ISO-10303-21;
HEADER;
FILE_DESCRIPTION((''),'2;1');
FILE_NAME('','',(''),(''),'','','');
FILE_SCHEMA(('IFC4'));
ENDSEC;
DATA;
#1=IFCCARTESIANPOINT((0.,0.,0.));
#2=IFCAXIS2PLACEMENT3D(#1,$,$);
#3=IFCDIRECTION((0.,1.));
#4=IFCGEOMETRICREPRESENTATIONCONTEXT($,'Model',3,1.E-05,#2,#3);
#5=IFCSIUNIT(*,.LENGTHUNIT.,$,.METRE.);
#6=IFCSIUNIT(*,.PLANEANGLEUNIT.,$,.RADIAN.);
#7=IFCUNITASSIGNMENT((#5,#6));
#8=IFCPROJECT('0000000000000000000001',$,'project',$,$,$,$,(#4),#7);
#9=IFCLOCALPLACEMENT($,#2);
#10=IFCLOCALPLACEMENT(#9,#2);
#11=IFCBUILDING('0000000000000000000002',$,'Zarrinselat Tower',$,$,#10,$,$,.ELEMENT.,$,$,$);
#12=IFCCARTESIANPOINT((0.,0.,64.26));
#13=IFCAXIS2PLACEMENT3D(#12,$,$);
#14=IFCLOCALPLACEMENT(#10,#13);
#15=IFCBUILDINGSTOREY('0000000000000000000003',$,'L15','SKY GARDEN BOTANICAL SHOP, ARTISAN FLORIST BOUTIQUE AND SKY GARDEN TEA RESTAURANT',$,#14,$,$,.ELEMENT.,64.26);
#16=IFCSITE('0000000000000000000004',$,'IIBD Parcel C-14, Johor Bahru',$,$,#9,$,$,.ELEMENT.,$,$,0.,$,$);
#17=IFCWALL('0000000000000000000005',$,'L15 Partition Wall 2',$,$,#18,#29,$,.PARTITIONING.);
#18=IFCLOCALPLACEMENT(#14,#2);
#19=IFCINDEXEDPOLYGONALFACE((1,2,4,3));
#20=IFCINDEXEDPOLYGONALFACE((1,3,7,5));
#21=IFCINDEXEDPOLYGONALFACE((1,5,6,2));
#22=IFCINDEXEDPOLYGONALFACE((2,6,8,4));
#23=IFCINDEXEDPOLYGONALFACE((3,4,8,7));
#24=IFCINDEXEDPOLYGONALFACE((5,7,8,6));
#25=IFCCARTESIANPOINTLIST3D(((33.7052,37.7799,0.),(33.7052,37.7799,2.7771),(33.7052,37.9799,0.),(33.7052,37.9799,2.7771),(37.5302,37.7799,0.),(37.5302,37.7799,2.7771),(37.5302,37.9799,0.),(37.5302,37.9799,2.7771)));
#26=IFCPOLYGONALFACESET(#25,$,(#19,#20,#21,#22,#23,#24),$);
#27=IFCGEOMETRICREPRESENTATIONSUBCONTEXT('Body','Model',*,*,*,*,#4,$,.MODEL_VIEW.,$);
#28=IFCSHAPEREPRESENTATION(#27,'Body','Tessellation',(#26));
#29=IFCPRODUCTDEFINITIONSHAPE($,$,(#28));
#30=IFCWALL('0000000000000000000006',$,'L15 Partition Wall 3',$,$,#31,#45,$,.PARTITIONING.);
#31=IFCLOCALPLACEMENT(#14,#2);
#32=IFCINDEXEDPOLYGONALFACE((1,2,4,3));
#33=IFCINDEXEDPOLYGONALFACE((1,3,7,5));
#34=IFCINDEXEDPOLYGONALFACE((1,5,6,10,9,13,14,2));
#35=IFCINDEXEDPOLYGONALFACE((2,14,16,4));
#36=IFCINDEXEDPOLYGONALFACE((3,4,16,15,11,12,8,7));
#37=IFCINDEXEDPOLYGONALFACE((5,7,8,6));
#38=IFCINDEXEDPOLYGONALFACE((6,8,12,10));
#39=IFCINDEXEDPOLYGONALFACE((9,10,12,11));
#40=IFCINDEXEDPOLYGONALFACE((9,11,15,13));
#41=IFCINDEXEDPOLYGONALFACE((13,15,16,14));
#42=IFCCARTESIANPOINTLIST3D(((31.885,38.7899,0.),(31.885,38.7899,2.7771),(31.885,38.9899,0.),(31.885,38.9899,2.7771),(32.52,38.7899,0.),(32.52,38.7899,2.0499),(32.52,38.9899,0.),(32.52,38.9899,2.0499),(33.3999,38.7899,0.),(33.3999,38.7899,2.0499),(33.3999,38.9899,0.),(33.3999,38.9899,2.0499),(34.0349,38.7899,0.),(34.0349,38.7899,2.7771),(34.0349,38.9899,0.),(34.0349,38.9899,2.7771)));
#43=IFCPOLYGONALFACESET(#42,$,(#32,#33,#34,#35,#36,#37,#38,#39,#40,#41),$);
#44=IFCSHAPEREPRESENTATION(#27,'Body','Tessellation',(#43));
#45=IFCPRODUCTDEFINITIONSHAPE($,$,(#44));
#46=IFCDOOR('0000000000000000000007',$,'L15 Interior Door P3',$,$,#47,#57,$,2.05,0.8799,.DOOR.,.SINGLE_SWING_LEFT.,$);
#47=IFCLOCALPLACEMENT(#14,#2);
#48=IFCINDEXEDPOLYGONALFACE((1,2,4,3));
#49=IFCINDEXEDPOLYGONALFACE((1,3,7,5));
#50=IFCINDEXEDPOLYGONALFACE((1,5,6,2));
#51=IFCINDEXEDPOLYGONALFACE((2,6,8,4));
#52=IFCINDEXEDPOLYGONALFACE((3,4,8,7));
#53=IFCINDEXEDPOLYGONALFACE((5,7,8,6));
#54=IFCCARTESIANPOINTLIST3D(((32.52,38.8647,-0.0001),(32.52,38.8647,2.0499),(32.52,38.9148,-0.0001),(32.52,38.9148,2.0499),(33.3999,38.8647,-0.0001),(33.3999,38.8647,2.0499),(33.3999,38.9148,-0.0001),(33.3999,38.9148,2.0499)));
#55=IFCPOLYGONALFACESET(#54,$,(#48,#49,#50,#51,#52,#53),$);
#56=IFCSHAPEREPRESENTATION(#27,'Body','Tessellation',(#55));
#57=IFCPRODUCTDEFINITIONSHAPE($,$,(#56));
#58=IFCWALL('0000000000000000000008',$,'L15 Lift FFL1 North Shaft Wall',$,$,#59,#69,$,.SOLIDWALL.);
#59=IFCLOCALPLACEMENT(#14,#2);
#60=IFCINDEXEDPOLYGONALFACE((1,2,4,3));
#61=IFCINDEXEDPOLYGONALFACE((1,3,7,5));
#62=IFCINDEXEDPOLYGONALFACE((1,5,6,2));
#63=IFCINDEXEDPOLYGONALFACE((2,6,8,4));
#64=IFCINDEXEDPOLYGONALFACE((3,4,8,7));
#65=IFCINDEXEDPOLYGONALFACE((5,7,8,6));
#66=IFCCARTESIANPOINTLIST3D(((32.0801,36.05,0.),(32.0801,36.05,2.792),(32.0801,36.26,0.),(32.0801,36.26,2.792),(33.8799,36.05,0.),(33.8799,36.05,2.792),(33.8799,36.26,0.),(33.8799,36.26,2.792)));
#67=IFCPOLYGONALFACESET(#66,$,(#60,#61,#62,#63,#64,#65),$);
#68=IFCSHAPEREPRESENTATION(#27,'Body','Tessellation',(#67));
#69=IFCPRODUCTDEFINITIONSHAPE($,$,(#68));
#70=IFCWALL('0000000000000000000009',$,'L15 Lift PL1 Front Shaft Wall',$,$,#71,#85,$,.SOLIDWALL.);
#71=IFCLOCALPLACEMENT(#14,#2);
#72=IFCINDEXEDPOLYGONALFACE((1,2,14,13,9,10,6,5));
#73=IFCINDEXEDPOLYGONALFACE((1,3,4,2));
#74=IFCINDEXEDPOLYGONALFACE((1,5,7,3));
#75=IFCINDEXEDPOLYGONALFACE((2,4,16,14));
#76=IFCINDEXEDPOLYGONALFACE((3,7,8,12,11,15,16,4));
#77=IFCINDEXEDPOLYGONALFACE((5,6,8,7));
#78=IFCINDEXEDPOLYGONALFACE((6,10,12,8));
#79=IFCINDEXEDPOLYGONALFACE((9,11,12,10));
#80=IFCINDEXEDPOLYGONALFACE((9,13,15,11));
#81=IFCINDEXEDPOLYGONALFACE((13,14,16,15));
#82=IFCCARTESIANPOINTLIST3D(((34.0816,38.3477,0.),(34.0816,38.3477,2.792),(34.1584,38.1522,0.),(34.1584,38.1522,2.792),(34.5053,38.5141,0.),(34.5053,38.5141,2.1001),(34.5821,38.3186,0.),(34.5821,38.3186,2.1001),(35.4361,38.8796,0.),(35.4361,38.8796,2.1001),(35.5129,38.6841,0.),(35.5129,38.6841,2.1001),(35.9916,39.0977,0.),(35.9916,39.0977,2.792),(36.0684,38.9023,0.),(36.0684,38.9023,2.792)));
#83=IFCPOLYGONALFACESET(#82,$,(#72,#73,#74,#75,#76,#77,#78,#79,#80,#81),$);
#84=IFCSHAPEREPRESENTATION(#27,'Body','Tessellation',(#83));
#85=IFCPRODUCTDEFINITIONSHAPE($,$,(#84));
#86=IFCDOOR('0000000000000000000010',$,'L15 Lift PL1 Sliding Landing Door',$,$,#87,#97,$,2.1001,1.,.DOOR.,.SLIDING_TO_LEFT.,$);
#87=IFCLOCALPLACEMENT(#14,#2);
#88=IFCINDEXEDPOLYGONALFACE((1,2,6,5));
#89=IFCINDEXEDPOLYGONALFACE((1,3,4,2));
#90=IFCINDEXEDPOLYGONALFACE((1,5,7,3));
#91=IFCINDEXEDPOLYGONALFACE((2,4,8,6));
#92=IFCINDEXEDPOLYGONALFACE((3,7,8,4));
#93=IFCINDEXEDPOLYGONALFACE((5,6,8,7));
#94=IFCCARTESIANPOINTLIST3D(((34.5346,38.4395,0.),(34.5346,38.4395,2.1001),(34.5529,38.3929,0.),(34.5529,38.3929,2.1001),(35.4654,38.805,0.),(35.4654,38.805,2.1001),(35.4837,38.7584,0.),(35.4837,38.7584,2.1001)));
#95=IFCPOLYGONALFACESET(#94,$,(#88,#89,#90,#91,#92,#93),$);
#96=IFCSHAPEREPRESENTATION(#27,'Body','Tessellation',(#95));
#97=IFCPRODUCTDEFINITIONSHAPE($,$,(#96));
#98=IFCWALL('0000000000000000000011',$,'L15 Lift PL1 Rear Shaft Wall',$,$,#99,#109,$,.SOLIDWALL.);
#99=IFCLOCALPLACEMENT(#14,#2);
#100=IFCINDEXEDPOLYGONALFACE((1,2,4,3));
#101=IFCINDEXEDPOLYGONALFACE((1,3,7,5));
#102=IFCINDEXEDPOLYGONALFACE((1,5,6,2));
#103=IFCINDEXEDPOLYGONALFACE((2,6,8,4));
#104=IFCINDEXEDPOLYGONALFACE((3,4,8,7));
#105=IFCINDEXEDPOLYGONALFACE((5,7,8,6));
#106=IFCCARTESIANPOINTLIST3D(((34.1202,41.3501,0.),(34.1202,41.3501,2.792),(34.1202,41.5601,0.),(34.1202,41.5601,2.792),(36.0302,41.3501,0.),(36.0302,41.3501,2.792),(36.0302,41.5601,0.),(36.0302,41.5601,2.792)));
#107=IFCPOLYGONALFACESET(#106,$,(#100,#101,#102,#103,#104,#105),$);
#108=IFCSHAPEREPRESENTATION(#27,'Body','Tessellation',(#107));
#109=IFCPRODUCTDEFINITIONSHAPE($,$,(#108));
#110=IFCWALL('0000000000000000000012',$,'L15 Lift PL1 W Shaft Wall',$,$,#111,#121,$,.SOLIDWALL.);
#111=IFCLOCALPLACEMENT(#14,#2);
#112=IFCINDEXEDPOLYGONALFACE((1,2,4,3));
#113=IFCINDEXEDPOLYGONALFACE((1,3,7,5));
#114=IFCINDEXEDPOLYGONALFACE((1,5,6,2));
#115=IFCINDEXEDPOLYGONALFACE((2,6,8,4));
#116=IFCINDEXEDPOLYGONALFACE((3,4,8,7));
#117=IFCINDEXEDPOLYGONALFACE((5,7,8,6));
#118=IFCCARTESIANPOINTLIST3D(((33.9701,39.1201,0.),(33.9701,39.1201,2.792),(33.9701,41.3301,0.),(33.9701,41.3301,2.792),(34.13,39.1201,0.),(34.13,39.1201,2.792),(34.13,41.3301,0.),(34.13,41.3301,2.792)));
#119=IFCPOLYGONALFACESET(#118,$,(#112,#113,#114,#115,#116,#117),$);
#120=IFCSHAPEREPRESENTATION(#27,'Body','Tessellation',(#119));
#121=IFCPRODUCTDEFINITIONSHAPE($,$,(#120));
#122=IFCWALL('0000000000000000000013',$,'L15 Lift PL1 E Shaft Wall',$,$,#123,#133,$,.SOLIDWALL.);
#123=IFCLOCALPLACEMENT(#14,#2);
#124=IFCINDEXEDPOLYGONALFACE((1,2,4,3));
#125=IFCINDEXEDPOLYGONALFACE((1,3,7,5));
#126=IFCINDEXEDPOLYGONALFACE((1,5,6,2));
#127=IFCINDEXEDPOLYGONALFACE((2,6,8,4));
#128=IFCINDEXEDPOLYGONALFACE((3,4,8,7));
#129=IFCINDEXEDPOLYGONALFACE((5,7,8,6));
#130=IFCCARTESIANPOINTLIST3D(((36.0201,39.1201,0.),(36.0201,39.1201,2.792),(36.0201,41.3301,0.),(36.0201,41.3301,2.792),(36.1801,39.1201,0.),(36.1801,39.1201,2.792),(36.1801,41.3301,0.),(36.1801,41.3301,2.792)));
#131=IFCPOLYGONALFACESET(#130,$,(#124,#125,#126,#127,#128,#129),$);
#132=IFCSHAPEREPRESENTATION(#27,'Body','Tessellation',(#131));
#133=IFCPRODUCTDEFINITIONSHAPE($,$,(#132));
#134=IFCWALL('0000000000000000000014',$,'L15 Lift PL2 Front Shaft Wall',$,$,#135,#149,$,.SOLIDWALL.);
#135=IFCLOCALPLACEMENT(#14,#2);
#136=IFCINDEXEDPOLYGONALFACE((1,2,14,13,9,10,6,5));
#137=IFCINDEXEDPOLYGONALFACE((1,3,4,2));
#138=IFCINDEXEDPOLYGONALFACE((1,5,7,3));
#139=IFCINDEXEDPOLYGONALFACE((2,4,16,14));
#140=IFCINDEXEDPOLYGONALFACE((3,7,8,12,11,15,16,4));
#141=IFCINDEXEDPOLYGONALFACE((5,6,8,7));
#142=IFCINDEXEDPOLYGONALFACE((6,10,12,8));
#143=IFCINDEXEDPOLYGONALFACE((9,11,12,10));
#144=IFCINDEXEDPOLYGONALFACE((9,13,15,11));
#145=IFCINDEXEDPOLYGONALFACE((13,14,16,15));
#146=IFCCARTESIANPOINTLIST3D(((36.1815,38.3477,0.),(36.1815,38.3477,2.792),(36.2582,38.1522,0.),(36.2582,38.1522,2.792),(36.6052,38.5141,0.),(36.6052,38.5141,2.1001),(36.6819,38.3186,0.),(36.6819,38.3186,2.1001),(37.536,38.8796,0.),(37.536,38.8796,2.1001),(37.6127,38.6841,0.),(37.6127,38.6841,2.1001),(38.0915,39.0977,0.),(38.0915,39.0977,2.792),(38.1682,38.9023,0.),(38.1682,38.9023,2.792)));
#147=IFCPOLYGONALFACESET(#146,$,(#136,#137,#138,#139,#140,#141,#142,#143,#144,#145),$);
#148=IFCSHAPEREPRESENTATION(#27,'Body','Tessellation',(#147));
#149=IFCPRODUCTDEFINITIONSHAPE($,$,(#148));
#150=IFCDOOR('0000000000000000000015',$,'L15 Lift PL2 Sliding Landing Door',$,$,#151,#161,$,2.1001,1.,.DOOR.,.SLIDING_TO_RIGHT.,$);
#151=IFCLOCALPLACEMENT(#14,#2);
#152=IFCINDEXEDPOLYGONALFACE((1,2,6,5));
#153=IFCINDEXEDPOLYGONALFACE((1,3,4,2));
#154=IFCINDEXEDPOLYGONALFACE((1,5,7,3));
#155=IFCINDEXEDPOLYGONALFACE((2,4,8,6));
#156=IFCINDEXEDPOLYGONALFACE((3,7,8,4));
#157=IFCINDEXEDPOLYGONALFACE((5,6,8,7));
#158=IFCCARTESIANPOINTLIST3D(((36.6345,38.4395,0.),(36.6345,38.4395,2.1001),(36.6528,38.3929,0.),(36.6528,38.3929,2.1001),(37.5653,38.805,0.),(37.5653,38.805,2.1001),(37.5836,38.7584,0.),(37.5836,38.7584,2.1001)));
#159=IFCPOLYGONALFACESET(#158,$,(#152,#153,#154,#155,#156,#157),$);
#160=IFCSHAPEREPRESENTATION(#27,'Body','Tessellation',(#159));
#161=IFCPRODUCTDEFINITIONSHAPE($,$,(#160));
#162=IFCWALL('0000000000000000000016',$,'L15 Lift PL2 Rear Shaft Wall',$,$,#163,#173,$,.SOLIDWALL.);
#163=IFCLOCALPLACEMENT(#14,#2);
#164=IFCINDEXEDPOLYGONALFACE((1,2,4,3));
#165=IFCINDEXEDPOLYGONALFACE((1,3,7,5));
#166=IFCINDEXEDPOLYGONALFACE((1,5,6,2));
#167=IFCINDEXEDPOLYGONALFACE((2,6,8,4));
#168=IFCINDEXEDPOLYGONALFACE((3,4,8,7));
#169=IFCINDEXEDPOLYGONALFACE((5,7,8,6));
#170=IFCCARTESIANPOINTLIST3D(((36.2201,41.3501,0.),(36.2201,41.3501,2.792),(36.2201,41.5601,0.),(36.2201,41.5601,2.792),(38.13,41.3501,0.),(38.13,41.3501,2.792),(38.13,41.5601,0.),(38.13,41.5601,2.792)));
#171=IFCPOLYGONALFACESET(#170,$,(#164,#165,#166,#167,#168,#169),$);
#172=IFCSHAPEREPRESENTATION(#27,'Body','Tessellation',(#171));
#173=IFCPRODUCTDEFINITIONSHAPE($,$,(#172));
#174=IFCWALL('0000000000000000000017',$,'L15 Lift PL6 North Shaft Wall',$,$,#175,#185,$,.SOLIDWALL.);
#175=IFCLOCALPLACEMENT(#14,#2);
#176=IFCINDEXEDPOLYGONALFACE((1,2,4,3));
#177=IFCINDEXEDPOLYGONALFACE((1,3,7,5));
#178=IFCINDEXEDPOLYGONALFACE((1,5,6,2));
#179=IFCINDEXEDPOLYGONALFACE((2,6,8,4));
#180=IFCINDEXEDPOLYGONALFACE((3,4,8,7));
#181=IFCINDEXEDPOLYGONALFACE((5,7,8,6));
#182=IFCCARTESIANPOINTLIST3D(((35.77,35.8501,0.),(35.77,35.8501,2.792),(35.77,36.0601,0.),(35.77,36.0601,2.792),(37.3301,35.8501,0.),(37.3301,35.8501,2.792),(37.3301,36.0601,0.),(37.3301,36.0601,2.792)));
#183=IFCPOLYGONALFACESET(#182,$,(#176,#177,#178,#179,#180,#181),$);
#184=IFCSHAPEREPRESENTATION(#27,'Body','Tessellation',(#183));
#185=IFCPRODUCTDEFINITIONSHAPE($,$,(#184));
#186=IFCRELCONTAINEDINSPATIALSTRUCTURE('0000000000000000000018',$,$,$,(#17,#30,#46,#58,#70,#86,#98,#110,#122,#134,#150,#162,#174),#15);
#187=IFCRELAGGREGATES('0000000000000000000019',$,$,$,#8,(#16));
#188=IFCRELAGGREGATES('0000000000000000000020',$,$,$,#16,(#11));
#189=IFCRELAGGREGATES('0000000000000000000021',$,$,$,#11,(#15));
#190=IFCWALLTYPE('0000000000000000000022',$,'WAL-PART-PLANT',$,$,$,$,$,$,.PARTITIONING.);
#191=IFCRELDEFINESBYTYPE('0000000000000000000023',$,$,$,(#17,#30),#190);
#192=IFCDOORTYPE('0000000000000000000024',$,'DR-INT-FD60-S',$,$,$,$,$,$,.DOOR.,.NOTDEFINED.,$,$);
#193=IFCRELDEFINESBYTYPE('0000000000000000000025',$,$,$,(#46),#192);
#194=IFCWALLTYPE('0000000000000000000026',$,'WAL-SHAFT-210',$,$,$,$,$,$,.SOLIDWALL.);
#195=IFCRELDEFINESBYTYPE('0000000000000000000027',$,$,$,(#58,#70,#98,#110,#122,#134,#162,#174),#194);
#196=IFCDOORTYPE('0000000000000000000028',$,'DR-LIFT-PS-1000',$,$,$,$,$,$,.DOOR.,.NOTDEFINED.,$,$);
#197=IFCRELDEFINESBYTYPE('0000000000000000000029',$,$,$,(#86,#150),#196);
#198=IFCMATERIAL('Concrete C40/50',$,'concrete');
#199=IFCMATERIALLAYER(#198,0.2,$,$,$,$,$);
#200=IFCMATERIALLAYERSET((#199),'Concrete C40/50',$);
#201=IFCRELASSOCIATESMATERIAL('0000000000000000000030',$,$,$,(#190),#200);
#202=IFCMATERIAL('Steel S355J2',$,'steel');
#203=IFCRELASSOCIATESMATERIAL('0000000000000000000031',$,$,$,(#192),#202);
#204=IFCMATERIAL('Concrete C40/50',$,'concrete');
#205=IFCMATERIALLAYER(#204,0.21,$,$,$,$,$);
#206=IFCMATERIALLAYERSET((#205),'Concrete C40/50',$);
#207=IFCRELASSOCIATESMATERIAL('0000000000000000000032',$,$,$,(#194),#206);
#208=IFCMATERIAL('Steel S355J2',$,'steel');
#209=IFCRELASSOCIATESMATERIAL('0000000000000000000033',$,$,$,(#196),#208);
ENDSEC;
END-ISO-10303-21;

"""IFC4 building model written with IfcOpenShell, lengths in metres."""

from ifc_helpers import new_model, si_unit, direction, frame, frame_2d, origin, place, context, subcontext, project, spatial, rectangle, extrude, material, layer, layer_set, type_object, element, fill, save


model = new_model("IFC4")

# Units and contexts
model_context = context("Model", 3, precision=1e-05, world=origin(), true_north=direction((0.0, 1.0)))
body_context = subcontext(model_context, "Body", "Model", "MODEL_VIEW")
ifc_project = project(units=[si_unit("LENGTHUNIT", "METRE"), si_unit("PLANEANGLEUNIT", "RADIAN")], contexts=[model_context])

# Site, building, storey
site_placement = place(None, origin())
site = spatial("IfcSite", under=ifc_project, at=site_placement, Name="IIBD Parcel C-14, Johor Bahru", CompositionType="ELEMENT", RefElevation=0.0)
building_placement = place(site_placement, origin())
building = spatial("IfcBuilding", under=site, at=building_placement, Name="Zarrinselat Tower", CompositionType="ELEMENT")
storey_placement = place(building_placement, frame((0.0, 0.0, 64.26)))
storey = spatial("IfcBuildingStorey", under=building, at=storey_placement, Name="L15", Description="SKY GARDEN BOTANICAL SHOP, ARTISAN FLORIST BOUTIQUE AND SKY GARDEN TEA RESTAURANT", CompositionType="ELEMENT", Elevation=64.26)

# Wall
ifc_material_1 = material(Name="Concrete C40/50", Category="concrete")
ifc_layer_1 = layer(ifc_material_1, 0.2)
ifc_layer_set_1 = layer_set([ifc_layer_1], Name="Concrete C40/50")
wall_type_1 = type_object("IfcWallType", Name="WAL-PART-PLANT", PredefinedType="PARTITIONING", material=ifc_layer_set_1)
wall_1_placement = place(storey_placement, frame((33.7051, 37.8799, 0.0), z_axis=(0.0, 0.0, 1.0), x_axis=(1.0, 0.0, 0.0)))
element("IfcWall", 1, at=wall_1_placement, inside=storey, type_object=wall_type_1, Name="L15 Partition Wall 2", PredefinedType="PARTITIONING", context=body_context, shape_type="SweptSolid", body=[
    extrude(rectangle(XDim=3.825, YDim=0.2, at=frame_2d((1.9126, 0.0))), origin(), (0.0, 0.0, 1.0), 2.7771),
])

# Wall, opening, door
wall_2_placement = place(storey_placement, frame((31.885, 38.8899, 0.0), z_axis=(0.0, 0.0, 1.0), x_axis=(1.0, 0.0, 0.0)))
wall_2 = element("IfcWall", 2, at=wall_2_placement, inside=storey, type_object=wall_type_1, Name="L15 Partition Wall 3", PredefinedType="PARTITIONING", context=body_context, shape_type="SweptSolid", body=[
    extrude(rectangle(XDim=2.1499, YDim=0.2, at=frame_2d((1.075, 0.0))), origin(), (0.0, 0.0, 1.0), 2.7771),
])
opening_1_placement = place(wall_2_placement, frame((0.635, 0.0, 0.0)))
opening_1 = element("IfcOpeningElement", 3, at=opening_1_placement, cuts=wall_2, PredefinedType="OPENING", context=body_context, shape_type="SweptSolid", body=[
    extrude(rectangle(XDim=0.8799, YDim=2.05, at=frame_2d((0.4399, 1.0249))), frame((0.0, 0.1099, 0.0), z_axis=(0.0, -1.0, 0.0), x_axis=(1.0, 0.0, 0.0)), (0.0, 0.0, 1.0), 0.22),
])
ifc_material_2 = material(Name="Steel S355J2", Category="steel")
door_type_1 = type_object("IfcDoorType", Name="DR-INT-FD60-S", OperationType="NOTDEFINED", PredefinedType="DOOR", material=ifc_material_2)
door_1_placement = place(opening_1_placement, origin())
door_1 = element("IfcDoor", 4, at=door_1_placement, inside=storey, type_object=door_type_1, Name="L15 Interior Door P3", OperationType="SINGLE_SWING_LEFT", OverallHeight=2.05, OverallWidth=0.8799, PredefinedType="DOOR", context=body_context, shape_type="SweptSolid", body=[
    extrude(rectangle(XDim=0.8799, YDim=2.05, at=frame_2d((0.4399, 1.0249))), frame((0.0, 0.0249, 0.0), z_axis=(0.0, -1.0, 0.0), x_axis=(1.0, 0.0, 0.0)), (0.0, 0.0, 1.0), 0.05),
])
fill(opening_1, door_1)

# Wall
ifc_material_3 = material(Name="Concrete C40/50", Category="concrete")
ifc_layer_2 = layer(ifc_material_3, 0.21)
ifc_layer_set_2 = layer_set([ifc_layer_2], Name="Concrete C40/50")
wall_type_2 = type_object("IfcWallType", Name="WAL-SHAFT-210", PredefinedType="SOLIDWALL", material=ifc_layer_set_2)
wall_3_placement = place(storey_placement, frame((32.0801, 36.155, 0.0), z_axis=(0.0, 0.0, 1.0), x_axis=(1.0, 0.0, 0.0)))
element("IfcWall", 5, at=wall_3_placement, inside=storey, type_object=wall_type_2, Name="L15 Lift FFL1 North Shaft Wall", PredefinedType="SOLIDWALL", context=body_context, shape_type="SweptSolid", body=[
    extrude(rectangle(XDim=1.7998, YDim=0.21, at=frame_2d((0.8999, 0.0))), origin(), (0.0, 0.0, 1.0), 2.792),
])

# Wall, opening, door
wall_4_placement = place(storey_placement, frame((34.1201, 38.25, 0.0), z_axis=(0.0, 0.0, 1.0), x_axis=(0.930805, 0.365516, 0.0)))
wall_4 = element("IfcWall", 6, at=wall_4_placement, inside=storey, type_object=wall_type_2, Name="L15 Lift PL1 Front Shaft Wall", PredefinedType="SOLIDWALL", context=body_context, shape_type="SweptSolid", body=[
    extrude(rectangle(XDim=2.052, YDim=0.21, at=frame_2d((1.0259, 0.0))), origin(), (0.0, 0.0, 1.0), 2.792),
])
opening_2_placement = place(wall_4_placement, frame((0.4551, 0.0, 0.0)))
opening_2 = element("IfcOpeningElement", 7, at=opening_2_placement, cuts=wall_4, PredefinedType="OPENING", context=body_context, shape_type="SweptSolid", body=[
    extrude(rectangle(XDim=1.0, YDim=2.1001, at=frame_2d((0.5, 1.05))), frame((0.0, 0.115, 0.0), z_axis=(0.0, -1.0, 0.0), x_axis=(1.0, 0.0, 0.0)), (0.0, 0.0, 1.0), 0.23),
])
ifc_material_4 = material(Name="Steel S355J2", Category="steel")
door_type_2 = type_object("IfcDoorType", Name="DR-LIFT-PS-1000", OperationType="NOTDEFINED", PredefinedType="DOOR", material=ifc_material_4)
door_2_placement = place(opening_2_placement, origin())
door_2 = element("IfcDoor", 8, at=door_2_placement, inside=storey, type_object=door_type_2, Name="L15 Lift PL1 Sliding Landing Door", OperationType="SLIDING_TO_LEFT", OverallHeight=2.1001, OverallWidth=1.0, PredefinedType="DOOR", context=body_context, shape_type="SweptSolid", body=[
    extrude(rectangle(XDim=1.0, YDim=2.1001, at=frame_2d((0.5, 1.05))), frame((0.0, 0.0249, 0.0), z_axis=(0.0, -1.0, 0.0), x_axis=(1.0, 0.0, 0.0)), (0.0, 0.0, 1.0), 0.05),
])
fill(opening_2, door_2)

# Walls
wall_5_placement = place(storey_placement, frame((34.1201, 41.4551, 0.0), z_axis=(0.0, 0.0, 1.0), x_axis=(1.0, 0.0, 0.0)))
element("IfcWall", 9, at=wall_5_placement, inside=storey, type_object=wall_type_2, Name="L15 Lift PL1 Rear Shaft Wall", PredefinedType="SOLIDWALL", context=body_context, shape_type="SweptSolid", body=[
    extrude(rectangle(XDim=1.9099, YDim=0.21, at=frame_2d((0.9551, 0.0))), origin(), (0.0, 0.0, 1.0), 2.792),
])
for number, where, z_axis, x_axis, name in (
    (10, (34.05, 39.1201, 0.0), (0.0, 0.0, 1.0), (0.0, 1.0, 0.0), "L15 Lift PL1 W Shaft Wall"),
    (11, (36.1001, 39.1201, 0.0), (0.0, 0.0, 1.0), (0.0, 1.0, 0.0), "L15 Lift PL1 E Shaft Wall"),
):
    element("IfcWall", number, at=place(storey_placement, frame(where, z_axis=z_axis, x_axis=x_axis)), inside=storey, type_object=wall_type_2, Name=name, PredefinedType="SOLIDWALL", context=body_context, shape_type="SweptSolid", body=[
        extrude(rectangle(XDim=2.21, YDim=0.1599, at=frame_2d((1.105, 0.0))), origin(), (0.0, 0.0, 1.0), 2.792),
    ])

# Wall, opening, door
wall_6_placement = place(storey_placement, frame((36.22, 38.25, 0.0), z_axis=(0.0, 0.0, 1.0), x_axis=(0.930805, 0.365516, 0.0)))
wall_6 = element("IfcWall", 12, at=wall_6_placement, inside=storey, type_object=wall_type_2, Name="L15 Lift PL2 Front Shaft Wall", PredefinedType="SOLIDWALL", context=body_context, shape_type="SweptSolid", body=[
    extrude(rectangle(XDim=2.052, YDim=0.21, at=frame_2d((1.0259, 0.0))), origin(), (0.0, 0.0, 1.0), 2.792),
])
opening_3_placement = place(wall_6_placement, frame((0.4551, 0.0, 0.0)))
opening_3 = element("IfcOpeningElement", 13, at=opening_3_placement, cuts=wall_6, PredefinedType="OPENING", context=body_context, shape_type="SweptSolid", body=[
    extrude(rectangle(XDim=1.0, YDim=2.1001, at=frame_2d((0.5, 1.05))), frame((0.0, 0.115, 0.0), z_axis=(0.0, -1.0, 0.0), x_axis=(1.0, 0.0, 0.0)), (0.0, 0.0, 1.0), 0.23),
])
door_3_placement = place(opening_3_placement, origin())
door_3 = element("IfcDoor", 14, at=door_3_placement, inside=storey, type_object=door_type_2, Name="L15 Lift PL2 Sliding Landing Door", OperationType="SLIDING_TO_RIGHT", OverallHeight=2.1001, OverallWidth=1.0, PredefinedType="DOOR", context=body_context, shape_type="SweptSolid", body=[
    extrude(rectangle(XDim=1.0, YDim=2.1001, at=frame_2d((0.5, 1.05))), frame((0.0, 0.0249, 0.0), z_axis=(0.0, -1.0, 0.0), x_axis=(1.0, 0.0, 0.0)), (0.0, 0.0, 1.0), 0.05),
])
fill(opening_3, door_3)

# Walls
wall_7_placement = place(storey_placement, frame((36.22, 41.4551, 0.0), z_axis=(0.0, 0.0, 1.0), x_axis=(1.0, 0.0, 0.0)))
element("IfcWall", 15, at=wall_7_placement, inside=storey, type_object=wall_type_2, Name="L15 Lift PL2 Rear Shaft Wall", PredefinedType="SOLIDWALL", context=body_context, shape_type="SweptSolid", body=[
    extrude(rectangle(XDim=1.9099, YDim=0.21, at=frame_2d((0.9551, 0.0))), origin(), (0.0, 0.0, 1.0), 2.792),
])
wall_8_placement = place(storey_placement, frame((35.77, 35.9551, 0.0), z_axis=(0.0, 0.0, 1.0), x_axis=(1.0, 0.0, 0.0)))
element("IfcWall", 16, at=wall_8_placement, inside=storey, type_object=wall_type_2, Name="L15 Lift PL6 North Shaft Wall", PredefinedType="SOLIDWALL", context=body_context, shape_type="SweptSolid", body=[
    extrude(rectangle(XDim=1.5601, YDim=0.21, at=frame_2d((0.78, 0.0))), origin(), (0.0, 0.0, 1.0), 2.792),
])

save(model, "model.ifc")
